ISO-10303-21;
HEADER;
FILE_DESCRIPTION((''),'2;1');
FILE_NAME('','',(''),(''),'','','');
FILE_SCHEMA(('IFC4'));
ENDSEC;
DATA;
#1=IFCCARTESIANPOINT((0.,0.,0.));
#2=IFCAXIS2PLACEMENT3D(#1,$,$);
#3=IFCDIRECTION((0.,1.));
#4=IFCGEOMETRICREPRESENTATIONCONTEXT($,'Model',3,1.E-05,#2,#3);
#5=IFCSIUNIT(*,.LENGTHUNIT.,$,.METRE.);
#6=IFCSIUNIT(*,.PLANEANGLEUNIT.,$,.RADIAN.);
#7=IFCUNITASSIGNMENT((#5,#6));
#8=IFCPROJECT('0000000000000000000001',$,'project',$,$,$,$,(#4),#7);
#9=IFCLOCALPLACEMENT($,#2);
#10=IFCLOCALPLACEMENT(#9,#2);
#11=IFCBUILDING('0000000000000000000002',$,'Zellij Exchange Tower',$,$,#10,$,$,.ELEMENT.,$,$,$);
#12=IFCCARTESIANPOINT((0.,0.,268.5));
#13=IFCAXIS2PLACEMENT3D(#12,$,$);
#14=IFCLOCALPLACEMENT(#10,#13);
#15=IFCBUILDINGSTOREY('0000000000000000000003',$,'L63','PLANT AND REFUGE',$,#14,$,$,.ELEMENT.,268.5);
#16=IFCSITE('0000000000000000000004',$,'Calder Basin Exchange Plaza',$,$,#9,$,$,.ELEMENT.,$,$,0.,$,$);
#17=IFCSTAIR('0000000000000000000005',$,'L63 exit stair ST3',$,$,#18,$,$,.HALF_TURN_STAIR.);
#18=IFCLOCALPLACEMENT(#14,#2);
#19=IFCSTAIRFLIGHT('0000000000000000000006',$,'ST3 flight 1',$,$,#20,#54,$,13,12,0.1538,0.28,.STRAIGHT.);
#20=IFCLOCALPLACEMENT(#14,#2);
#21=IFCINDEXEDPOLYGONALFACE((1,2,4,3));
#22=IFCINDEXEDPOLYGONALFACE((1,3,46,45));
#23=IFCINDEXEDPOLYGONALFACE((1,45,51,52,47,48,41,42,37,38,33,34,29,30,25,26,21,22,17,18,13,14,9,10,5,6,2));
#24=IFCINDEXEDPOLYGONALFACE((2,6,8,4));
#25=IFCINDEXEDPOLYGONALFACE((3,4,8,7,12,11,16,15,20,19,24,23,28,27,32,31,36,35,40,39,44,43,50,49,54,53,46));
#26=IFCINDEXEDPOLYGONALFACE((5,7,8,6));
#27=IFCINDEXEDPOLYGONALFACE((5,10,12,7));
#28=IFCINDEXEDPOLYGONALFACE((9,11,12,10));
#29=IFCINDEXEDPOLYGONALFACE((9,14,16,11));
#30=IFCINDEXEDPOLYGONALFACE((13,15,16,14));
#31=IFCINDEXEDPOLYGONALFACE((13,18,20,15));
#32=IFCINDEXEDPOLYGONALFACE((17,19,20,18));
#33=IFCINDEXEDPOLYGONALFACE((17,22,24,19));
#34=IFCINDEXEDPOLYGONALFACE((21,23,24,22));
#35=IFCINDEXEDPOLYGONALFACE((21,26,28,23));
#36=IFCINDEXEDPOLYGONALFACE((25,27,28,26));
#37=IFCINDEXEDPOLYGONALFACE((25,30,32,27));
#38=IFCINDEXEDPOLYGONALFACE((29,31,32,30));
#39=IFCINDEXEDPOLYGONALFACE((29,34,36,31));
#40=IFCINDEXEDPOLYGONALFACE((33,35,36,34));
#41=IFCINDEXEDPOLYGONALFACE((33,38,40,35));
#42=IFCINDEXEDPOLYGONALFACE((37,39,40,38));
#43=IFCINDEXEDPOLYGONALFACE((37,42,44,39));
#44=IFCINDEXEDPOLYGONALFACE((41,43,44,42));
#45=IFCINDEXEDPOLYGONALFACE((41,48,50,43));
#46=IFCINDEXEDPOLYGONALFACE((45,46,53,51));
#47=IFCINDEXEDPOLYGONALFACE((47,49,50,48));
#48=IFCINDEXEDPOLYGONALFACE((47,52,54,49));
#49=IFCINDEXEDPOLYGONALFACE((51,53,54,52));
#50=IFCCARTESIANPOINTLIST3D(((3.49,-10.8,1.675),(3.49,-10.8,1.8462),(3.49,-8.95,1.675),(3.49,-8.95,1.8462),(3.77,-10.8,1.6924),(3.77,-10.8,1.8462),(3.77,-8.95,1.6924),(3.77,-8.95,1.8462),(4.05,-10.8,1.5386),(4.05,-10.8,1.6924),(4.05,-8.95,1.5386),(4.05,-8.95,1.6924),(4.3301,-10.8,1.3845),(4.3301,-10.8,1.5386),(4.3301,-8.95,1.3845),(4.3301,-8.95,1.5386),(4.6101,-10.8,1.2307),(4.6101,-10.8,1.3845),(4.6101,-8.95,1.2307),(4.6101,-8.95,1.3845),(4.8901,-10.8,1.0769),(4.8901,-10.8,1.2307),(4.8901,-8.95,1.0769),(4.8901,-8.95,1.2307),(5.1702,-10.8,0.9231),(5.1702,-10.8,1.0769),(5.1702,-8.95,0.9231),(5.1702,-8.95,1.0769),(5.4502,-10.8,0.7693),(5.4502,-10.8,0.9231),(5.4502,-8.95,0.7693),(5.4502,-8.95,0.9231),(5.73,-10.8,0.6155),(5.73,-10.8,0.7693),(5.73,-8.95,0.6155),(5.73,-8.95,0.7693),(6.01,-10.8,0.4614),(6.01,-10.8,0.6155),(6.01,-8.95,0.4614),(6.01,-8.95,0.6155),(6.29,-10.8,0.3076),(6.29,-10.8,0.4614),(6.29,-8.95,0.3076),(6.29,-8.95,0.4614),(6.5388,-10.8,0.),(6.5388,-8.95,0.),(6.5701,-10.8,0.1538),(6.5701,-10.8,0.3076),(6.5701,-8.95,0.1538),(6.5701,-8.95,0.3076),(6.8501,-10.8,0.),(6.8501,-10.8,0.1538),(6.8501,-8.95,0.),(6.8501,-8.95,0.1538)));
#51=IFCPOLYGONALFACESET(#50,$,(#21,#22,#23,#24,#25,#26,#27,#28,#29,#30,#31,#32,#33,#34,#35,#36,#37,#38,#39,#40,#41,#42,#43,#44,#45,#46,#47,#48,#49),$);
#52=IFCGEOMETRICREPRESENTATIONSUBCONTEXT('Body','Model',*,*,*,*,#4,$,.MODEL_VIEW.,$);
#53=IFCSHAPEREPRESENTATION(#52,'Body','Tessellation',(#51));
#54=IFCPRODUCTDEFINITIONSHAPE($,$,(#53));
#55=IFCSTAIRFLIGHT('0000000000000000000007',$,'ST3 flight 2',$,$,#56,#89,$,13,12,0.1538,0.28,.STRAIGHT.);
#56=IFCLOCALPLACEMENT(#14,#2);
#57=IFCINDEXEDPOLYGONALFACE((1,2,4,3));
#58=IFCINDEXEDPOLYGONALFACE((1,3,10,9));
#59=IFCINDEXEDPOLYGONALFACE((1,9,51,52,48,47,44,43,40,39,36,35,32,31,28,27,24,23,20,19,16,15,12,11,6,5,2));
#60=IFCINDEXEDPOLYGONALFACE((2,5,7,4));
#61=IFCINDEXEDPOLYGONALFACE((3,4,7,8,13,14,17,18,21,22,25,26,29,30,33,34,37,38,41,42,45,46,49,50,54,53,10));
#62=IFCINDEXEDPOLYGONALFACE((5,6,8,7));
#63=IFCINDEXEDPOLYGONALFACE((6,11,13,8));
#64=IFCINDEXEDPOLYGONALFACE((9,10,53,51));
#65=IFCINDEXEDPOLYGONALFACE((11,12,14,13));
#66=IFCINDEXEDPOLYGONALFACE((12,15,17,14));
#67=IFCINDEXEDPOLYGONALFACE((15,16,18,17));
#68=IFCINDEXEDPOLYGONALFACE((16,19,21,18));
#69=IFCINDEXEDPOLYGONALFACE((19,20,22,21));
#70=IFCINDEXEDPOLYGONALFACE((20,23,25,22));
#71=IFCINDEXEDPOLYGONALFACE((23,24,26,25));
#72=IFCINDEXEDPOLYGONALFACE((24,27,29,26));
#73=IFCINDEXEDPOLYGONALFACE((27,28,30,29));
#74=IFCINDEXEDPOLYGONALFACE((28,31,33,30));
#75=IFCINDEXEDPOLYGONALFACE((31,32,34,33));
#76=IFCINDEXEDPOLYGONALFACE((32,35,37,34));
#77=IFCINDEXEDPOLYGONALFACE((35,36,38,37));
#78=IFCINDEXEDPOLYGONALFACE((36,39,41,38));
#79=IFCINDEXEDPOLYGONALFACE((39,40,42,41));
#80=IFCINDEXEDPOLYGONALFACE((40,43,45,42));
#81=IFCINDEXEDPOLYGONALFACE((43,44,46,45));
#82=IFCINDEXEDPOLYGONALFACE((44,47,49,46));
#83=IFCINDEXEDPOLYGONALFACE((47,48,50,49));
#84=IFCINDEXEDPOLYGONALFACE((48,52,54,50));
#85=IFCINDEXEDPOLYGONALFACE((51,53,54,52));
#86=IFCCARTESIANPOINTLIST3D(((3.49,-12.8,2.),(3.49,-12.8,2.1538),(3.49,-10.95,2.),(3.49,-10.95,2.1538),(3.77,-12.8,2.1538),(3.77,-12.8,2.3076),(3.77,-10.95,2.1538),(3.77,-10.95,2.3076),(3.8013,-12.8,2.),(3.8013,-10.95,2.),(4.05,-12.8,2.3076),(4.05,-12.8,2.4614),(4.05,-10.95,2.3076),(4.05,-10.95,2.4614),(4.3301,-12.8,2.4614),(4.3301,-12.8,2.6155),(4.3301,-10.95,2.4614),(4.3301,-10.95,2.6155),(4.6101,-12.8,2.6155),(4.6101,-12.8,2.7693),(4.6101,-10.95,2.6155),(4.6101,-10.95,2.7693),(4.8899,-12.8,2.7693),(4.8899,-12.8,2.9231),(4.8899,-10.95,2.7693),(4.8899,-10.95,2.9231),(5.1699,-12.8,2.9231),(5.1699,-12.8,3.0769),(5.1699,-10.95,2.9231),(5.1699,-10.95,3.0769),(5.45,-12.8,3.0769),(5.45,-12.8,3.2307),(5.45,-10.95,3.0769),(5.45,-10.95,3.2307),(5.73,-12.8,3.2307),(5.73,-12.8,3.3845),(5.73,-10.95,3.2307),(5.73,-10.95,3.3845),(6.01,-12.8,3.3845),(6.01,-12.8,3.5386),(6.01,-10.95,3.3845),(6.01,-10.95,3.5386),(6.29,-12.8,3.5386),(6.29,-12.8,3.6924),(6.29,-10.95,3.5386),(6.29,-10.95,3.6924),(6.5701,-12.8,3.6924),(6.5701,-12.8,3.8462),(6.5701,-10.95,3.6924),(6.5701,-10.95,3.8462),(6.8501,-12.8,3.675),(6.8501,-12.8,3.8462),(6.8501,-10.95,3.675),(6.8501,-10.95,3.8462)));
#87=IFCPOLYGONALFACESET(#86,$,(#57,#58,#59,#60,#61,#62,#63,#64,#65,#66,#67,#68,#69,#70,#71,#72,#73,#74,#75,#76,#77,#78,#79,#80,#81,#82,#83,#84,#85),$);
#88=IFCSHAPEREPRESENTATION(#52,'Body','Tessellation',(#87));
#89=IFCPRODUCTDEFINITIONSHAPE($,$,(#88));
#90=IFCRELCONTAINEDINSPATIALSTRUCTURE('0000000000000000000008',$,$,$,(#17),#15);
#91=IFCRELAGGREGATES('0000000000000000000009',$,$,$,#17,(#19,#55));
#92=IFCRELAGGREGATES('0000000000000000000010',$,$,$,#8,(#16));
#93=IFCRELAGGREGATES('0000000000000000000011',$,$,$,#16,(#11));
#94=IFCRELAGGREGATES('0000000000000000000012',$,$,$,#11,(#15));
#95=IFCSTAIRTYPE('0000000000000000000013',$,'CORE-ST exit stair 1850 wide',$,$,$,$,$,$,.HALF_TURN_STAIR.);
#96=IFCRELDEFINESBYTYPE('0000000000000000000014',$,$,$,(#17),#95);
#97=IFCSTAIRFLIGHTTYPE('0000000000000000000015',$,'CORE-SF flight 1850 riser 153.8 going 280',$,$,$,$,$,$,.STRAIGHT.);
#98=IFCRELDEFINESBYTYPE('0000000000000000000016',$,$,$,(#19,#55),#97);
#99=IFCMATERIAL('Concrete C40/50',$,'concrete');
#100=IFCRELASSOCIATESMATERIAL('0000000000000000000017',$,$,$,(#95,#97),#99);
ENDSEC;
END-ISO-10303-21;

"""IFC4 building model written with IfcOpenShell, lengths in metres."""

from ifc_helpers import new_model, si_unit, direction, frame, origin, place, context, subcontext, project, spatial, polyline, outline, extrude, material, type_object, element, aggregate, save


model = new_model("IFC4")

# Units and contexts
model_context = context("Model", 3, precision=1e-05, world=origin(), true_north=direction((0.0, 1.0)))
body_context = subcontext(model_context, "Body", "Model", "MODEL_VIEW")
ifc_project = project(units=[si_unit("LENGTHUNIT", "METRE"), si_unit("PLANEANGLEUNIT", "RADIAN")], contexts=[model_context])

# Site, building, storey
site_placement = place(None, origin())
site = spatial("IfcSite", under=ifc_project, at=site_placement, Name="Calder Basin Exchange Plaza", CompositionType="ELEMENT", RefElevation=0.0)
building_placement = place(site_placement, origin())
building = spatial("IfcBuilding", under=site, at=building_placement, Name="Zellij Exchange Tower", CompositionType="ELEMENT")
storey_placement = place(building_placement, frame((0.0, 0.0, 268.5)))
storey = spatial("IfcBuildingStorey", under=building, at=storey_placement, Name="L63", Description="PLANT AND REFUGE", CompositionType="ELEMENT", Elevation=268.5)

# Stair
ifc_material_1 = material(Name="Concrete C40/50", Category="concrete")
stair_type = type_object("IfcStairType", Name="CORE-ST exit stair 1850 wide", PredefinedType="HALF_TURN_STAIR", material=ifc_material_1)
stair_1_placement = place(storey_placement, origin())
stair_1 = element("IfcStair", 1, at=stair_1_placement, inside=storey, type_object=stair_type, Name="L63 exit stair ST3", PredefinedType="HALF_TURN_STAIR")

# Stair flights
stair_flight_type = type_object("IfcStairFlightType", Name="CORE-SF flight 1850 riser 153.8 going 280", PredefinedType="STRAIGHT", material=ifc_material_1)
stair_flight_1_placement = place(storey_placement, frame((6.8501, -9.875, 0.0), z_axis=(0.0, 0.0, 1.0), x_axis=(-1.0, 0.0, 0.0)))
stair_flight_1 = element("IfcStairFlight", 2, at=stair_flight_1_placement, type_object=stair_flight_type, Name="ST3 flight 1", NumberOfRisers=13, NumberOfTreads=12, PredefinedType="STRAIGHT", RiserHeight=0.1538, TreadLength=0.28, context=body_context, shape_type="SweptSolid", body=[
    extrude(outline(polyline([(0.0, 0.0), (0.0, 0.1538), (0.28, 0.1538), (0.28, 0.3076), (0.5601, 0.3076), (0.5601, 0.4614), (0.8401, 0.4614), (0.8401, 0.6155), (1.1201, 0.6155), (1.1201, 0.7693), (1.3999, 0.7693), (1.3999, 0.9231), (1.6799, 0.9231), (1.6799, 1.0769), (1.96, 1.0769), (1.96, 1.2307), (2.24, 1.2307), (2.24, 1.3845), (2.52, 1.3845), (2.52, 1.5386), (2.8, 1.5386), (2.8, 1.6924), (3.0801, 1.6924), (3.0801, 1.8462), (3.3601, 1.8462), (3.3601, 2.0), (3.3601, 1.675), (0.3113, 0.0), (0.0, 0.0)])), frame((0.0, 0.925, 0.0), z_axis=(0.0, -1.0, 0.0), x_axis=(1.0, 0.0, 0.0)), (0.0, 0.0, 1.0), 1.8501),
])
stair_flight_2_placement = place(storey_placement, frame((3.49, -11.875, 2.0), z_axis=(0.0, 0.0, 1.0), x_axis=(1.0, 0.0, 0.0)))
stair_flight_2 = element("IfcStairFlight", 3, at=stair_flight_2_placement, type_object=stair_flight_type, Name="ST3 flight 2", NumberOfRisers=13, NumberOfTreads=12, PredefinedType="STRAIGHT", RiserHeight=0.1538, TreadLength=0.28, context=body_context, shape_type="SweptSolid", body=[
    extrude(outline(polyline([(0.0, 0.0), (0.0, 0.1538), (0.28, 0.1538), (0.28, 0.3076), (0.5601, 0.3076), (0.5601, 0.4614), (0.8401, 0.4614), (0.8401, 0.6155), (1.1201, 0.6155), (1.1201, 0.7693), (1.3999, 0.7693), (1.3999, 0.9231), (1.6799, 0.9231), (1.6799, 1.0769), (1.96, 1.0769), (1.96, 1.2307), (2.24, 1.2307), (2.24, 1.3845), (2.52, 1.3845), (2.52, 1.5386), (2.8, 1.5386), (2.8, 1.6924), (3.0801, 1.6924), (3.0801, 1.8462), (3.3601, 1.8462), (3.3601, 2.0), (3.3601, 1.675), (0.3113, 0.0), (0.0, 0.0)])), frame((0.0, 0.925, 0.0), z_axis=(0.0, -1.0, 0.0), x_axis=(1.0, 0.0, 0.0)), (0.0, 0.0, 1.0), 1.8501),
])
aggregate(stair_1, [stair_flight_1, stair_flight_2])

save(model, "model.ifc")
